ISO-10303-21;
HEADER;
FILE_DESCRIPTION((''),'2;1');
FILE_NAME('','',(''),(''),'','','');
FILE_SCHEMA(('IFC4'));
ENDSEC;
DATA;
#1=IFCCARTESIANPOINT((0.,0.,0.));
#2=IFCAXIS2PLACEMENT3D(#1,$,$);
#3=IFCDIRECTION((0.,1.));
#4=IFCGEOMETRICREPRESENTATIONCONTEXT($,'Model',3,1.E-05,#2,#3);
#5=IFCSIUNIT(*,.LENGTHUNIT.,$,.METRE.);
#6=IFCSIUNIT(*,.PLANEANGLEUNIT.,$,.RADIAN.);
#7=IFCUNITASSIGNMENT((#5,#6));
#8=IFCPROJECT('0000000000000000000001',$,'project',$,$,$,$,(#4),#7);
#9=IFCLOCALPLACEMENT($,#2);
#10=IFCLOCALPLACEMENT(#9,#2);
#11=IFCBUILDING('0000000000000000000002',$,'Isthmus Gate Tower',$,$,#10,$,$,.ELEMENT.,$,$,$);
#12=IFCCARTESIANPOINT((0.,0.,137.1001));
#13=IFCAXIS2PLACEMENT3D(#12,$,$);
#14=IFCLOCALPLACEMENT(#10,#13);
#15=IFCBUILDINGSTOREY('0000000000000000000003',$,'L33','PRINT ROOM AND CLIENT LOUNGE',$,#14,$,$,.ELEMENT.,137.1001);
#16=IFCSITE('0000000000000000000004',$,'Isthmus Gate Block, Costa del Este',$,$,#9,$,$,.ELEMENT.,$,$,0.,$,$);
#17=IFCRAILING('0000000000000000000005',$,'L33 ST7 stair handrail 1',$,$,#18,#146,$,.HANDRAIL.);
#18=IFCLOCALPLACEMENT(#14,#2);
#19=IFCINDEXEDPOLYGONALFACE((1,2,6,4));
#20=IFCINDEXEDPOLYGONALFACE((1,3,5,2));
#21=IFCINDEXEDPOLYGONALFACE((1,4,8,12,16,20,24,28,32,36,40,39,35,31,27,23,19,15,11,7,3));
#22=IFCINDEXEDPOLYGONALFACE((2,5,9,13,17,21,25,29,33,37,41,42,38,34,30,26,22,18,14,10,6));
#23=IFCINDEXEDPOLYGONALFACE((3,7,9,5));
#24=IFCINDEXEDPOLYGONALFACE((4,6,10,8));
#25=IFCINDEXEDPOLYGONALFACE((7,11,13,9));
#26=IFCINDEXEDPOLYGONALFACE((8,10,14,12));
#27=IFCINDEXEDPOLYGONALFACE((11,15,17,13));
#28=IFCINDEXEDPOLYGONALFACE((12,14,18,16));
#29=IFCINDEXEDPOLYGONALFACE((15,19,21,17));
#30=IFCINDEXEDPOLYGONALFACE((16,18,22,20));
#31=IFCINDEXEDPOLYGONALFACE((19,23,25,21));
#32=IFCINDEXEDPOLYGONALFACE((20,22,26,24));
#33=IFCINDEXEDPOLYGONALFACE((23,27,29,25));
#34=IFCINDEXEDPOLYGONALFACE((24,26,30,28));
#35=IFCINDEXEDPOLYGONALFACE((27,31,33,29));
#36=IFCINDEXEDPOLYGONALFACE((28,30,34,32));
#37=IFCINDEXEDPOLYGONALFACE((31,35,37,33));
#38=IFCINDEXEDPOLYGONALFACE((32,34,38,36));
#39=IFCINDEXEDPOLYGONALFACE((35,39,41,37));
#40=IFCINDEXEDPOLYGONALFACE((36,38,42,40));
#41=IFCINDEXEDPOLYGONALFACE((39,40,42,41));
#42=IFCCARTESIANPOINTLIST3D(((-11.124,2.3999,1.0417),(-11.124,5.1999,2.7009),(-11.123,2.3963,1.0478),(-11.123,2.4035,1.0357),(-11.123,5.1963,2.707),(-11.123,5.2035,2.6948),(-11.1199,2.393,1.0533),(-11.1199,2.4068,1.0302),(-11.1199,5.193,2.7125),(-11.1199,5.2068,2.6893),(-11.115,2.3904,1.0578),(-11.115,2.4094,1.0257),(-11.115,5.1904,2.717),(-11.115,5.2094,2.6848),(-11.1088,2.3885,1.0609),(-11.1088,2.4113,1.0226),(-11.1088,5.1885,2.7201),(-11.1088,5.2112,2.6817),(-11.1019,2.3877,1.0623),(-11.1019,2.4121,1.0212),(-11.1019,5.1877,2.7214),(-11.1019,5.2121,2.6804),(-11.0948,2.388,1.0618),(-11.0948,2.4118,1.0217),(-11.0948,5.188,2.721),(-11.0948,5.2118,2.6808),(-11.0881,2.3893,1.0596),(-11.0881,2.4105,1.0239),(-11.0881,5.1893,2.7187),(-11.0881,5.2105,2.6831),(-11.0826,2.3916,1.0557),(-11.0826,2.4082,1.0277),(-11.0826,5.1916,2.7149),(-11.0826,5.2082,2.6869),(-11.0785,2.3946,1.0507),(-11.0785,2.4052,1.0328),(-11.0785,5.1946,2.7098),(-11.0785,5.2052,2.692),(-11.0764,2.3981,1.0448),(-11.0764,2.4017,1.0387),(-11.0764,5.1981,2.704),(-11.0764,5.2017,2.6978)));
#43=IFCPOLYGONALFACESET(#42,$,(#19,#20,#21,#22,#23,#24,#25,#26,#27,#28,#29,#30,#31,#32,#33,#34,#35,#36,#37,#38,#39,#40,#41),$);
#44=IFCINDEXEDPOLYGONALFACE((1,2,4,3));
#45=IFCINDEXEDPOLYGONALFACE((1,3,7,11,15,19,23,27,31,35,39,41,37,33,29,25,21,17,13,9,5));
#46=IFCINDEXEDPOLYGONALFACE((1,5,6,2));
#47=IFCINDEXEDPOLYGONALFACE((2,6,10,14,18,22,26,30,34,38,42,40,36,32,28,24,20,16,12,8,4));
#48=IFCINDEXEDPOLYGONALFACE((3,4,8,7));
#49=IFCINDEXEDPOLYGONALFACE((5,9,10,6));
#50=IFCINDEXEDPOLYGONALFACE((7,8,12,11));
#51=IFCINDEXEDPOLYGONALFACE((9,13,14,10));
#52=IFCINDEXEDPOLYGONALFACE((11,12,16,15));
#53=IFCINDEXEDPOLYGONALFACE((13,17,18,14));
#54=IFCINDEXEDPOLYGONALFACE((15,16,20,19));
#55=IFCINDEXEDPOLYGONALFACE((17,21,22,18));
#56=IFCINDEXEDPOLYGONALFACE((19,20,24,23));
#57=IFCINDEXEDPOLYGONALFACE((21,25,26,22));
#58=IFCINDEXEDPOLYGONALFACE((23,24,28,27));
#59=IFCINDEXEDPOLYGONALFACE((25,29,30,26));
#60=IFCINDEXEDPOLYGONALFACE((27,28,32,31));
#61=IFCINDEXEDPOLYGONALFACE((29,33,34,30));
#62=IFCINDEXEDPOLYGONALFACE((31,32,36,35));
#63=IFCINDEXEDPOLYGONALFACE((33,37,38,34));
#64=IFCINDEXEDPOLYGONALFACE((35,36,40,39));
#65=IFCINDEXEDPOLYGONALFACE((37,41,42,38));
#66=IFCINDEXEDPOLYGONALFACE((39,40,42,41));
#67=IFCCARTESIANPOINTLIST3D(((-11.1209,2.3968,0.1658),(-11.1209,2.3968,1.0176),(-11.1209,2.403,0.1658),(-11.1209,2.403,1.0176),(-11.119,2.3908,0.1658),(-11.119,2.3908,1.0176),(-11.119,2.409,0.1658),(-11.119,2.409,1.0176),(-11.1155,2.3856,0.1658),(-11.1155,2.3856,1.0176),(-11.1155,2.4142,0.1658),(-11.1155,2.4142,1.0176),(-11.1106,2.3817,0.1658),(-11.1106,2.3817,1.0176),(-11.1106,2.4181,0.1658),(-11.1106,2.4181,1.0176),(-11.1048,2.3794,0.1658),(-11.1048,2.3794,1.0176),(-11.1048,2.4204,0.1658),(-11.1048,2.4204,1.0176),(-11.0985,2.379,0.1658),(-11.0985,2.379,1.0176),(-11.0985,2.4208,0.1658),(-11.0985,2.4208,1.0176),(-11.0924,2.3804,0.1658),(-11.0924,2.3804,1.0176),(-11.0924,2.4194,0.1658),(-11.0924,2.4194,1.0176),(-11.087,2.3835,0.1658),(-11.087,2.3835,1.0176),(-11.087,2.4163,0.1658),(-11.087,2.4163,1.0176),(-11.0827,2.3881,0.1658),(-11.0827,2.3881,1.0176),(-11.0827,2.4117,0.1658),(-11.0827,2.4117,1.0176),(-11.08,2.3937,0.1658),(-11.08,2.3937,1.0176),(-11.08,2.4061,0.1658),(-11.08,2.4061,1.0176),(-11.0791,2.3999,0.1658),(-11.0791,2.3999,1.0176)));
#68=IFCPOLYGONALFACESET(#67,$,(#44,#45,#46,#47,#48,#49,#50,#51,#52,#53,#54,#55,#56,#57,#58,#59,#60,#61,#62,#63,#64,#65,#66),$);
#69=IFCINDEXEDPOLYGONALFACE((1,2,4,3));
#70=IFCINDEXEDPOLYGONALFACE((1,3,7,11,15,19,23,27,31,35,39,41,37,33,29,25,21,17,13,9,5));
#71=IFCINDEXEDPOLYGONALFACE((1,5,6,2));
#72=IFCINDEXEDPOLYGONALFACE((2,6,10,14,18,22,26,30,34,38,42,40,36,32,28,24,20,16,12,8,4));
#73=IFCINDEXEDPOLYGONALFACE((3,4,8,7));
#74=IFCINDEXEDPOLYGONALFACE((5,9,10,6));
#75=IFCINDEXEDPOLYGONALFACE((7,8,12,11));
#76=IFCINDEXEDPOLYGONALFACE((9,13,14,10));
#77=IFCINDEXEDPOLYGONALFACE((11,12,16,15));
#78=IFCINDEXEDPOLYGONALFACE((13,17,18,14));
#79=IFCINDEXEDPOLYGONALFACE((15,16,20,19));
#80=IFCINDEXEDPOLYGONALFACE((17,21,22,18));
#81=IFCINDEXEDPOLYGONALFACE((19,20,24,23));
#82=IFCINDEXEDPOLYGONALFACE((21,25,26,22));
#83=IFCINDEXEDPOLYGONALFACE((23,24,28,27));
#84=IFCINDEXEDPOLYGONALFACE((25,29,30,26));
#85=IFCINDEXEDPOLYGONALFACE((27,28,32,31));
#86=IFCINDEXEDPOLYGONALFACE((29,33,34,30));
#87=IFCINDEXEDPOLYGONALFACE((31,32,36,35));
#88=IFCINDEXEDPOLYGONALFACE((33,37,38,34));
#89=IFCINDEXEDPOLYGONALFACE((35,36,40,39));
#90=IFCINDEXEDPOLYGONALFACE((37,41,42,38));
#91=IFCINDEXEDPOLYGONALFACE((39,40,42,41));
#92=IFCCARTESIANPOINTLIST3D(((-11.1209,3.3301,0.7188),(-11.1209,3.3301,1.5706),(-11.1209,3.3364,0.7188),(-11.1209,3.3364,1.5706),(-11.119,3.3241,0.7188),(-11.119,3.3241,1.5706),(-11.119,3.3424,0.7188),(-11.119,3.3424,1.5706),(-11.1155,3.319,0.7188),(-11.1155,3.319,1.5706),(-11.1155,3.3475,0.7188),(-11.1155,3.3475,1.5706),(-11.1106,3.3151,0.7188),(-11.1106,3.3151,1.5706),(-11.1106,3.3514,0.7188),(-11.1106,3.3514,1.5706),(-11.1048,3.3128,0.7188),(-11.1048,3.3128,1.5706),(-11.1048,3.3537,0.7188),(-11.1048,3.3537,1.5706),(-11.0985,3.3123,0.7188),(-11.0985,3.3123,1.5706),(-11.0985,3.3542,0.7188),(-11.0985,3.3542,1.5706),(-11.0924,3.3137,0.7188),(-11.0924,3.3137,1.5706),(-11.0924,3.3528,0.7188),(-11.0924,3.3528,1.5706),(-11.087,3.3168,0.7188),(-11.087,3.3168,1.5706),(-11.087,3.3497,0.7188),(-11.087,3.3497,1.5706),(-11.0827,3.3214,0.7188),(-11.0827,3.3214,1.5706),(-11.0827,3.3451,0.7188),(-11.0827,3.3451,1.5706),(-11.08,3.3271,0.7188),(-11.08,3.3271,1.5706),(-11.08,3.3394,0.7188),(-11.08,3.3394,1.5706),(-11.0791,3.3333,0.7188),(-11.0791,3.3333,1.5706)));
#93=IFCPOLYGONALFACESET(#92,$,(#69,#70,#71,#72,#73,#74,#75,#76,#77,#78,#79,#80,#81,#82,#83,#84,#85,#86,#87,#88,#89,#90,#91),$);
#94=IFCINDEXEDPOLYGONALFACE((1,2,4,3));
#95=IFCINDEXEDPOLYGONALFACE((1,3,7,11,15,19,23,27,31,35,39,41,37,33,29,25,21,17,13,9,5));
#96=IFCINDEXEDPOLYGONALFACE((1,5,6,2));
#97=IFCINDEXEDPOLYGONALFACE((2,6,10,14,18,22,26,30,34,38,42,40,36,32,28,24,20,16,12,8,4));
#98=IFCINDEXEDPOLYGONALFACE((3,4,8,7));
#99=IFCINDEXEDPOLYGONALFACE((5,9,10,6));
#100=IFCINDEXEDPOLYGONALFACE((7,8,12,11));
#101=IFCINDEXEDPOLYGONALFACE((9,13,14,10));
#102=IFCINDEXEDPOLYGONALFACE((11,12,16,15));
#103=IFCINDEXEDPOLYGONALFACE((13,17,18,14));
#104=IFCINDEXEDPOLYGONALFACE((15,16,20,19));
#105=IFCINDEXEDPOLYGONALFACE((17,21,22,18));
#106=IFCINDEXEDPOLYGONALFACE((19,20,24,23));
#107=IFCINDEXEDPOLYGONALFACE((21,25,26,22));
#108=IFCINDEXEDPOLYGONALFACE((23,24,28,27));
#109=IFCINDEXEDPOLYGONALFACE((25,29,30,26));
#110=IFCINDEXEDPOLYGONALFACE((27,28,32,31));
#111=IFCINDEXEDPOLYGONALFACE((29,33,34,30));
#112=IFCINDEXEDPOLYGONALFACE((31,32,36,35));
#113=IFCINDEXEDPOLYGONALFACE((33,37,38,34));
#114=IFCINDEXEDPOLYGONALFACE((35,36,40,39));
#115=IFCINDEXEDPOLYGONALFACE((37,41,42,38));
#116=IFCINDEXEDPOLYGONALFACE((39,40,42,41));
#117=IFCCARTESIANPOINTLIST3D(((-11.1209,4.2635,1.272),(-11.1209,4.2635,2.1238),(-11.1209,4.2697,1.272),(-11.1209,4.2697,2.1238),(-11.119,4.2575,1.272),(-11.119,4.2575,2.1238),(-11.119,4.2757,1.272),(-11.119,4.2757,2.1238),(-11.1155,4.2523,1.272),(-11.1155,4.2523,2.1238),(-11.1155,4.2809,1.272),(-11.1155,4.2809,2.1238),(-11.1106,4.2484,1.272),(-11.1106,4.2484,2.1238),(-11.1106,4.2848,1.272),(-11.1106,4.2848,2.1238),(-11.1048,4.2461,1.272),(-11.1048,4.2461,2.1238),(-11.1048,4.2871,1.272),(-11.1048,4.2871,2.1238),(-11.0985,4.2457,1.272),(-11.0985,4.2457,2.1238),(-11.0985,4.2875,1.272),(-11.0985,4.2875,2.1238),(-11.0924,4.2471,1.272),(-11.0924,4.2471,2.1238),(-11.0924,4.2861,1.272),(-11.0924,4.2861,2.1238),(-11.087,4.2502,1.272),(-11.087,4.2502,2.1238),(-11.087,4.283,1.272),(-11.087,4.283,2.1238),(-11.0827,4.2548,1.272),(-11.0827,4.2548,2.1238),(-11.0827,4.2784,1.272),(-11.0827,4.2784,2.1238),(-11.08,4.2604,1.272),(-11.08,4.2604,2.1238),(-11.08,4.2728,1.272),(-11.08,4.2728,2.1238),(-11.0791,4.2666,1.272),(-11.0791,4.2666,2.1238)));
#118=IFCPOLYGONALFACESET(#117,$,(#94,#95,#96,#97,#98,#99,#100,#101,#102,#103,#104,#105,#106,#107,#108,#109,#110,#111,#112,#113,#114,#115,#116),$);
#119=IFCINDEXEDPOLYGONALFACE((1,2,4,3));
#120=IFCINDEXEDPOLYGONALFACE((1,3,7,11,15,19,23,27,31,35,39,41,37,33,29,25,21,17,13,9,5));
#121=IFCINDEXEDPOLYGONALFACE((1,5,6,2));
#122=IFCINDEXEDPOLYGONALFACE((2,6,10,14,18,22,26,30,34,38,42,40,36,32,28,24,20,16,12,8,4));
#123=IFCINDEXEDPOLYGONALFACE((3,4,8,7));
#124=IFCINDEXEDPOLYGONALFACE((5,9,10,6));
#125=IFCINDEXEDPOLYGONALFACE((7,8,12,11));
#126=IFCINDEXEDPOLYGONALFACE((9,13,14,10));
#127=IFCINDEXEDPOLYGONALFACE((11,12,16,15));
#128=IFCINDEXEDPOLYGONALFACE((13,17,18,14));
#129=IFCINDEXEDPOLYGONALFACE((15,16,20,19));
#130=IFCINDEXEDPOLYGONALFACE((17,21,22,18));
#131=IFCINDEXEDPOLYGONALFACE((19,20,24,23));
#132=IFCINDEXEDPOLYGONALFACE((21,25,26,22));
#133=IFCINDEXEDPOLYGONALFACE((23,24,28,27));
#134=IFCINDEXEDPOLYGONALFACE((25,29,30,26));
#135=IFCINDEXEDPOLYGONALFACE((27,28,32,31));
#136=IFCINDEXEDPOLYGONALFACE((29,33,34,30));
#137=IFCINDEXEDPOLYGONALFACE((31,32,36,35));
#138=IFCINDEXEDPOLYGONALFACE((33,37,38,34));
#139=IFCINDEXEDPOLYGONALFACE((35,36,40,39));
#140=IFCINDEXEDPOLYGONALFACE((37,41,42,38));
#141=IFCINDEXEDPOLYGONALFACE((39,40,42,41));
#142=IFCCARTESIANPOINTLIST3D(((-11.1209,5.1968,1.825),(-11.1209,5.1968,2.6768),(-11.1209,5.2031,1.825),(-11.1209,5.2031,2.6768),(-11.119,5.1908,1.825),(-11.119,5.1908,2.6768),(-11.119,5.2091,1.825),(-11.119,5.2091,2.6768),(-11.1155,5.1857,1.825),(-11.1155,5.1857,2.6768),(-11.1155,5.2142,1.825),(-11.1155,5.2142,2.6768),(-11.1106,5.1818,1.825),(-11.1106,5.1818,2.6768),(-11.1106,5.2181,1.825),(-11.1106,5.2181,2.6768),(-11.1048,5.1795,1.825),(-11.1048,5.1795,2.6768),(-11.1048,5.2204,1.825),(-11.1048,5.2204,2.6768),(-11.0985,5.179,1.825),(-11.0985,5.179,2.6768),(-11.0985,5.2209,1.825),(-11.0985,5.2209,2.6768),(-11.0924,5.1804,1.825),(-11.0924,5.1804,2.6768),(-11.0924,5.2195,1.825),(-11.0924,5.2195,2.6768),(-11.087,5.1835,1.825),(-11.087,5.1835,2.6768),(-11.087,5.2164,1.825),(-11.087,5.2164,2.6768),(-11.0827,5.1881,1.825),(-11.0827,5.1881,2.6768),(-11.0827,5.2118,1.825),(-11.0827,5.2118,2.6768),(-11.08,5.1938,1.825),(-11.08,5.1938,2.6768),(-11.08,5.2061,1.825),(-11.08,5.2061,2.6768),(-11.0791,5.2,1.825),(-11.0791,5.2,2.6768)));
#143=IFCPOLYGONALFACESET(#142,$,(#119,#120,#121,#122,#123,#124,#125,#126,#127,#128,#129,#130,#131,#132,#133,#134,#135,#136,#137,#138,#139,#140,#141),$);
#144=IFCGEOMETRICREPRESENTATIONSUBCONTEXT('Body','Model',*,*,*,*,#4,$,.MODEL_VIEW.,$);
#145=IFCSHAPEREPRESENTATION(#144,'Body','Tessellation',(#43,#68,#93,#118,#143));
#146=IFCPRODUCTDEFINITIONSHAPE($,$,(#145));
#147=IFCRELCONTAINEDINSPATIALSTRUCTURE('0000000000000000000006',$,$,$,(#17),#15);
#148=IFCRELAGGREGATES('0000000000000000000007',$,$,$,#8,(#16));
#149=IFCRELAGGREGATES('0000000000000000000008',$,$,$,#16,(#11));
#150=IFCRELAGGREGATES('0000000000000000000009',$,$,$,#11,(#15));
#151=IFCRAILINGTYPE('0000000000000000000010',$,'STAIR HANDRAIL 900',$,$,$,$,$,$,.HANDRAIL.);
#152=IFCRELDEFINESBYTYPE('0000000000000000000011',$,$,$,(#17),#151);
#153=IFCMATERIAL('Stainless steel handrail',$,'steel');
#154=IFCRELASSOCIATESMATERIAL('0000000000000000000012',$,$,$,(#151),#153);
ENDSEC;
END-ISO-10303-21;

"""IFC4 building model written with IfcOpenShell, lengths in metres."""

from ifc_helpers import new_model, si_unit, direction, frame, origin, origin_2d, place, context, subcontext, project, spatial, circle, extrude, material, type_object, element, save


model = new_model("IFC4")

# Units and contexts
model_context = context("Model", 3, precision=1e-05, world=origin(), true_north=direction((0.0, 1.0)))
body_context = subcontext(model_context, "Body", "Model", "MODEL_VIEW")
ifc_project = project(units=[si_unit("LENGTHUNIT", "METRE"), si_unit("PLANEANGLEUNIT", "RADIAN")], contexts=[model_context])

# Site, building, storey
site_placement = place(None, origin())
site = spatial("IfcSite", under=ifc_project, at=site_placement, Name="Isthmus Gate Block, Costa del Este", CompositionType="ELEMENT", RefElevation=0.0)
building_placement = place(site_placement, origin())
building = spatial("IfcBuilding", under=site, at=building_placement, Name="Isthmus Gate Tower", CompositionType="ELEMENT")
storey_placement = place(building_placement, frame((0.0, 0.0, 137.1001)))
storey = spatial("IfcBuildingStorey", under=building, at=storey_placement, Name="L33", Description="PRINT ROOM AND CLIENT LOUNGE", CompositionType="ELEMENT", Elevation=137.1001)

# Railing
ifc_material_1 = material(Name="Stainless steel handrail", Category="steel")
railing_type_1 = type_object("IfcRailingType", Name="STAIR HANDRAIL 900", PredefinedType="HANDRAIL", material=ifc_material_1)
railing_1_placement = place(storey_placement, frame((-11.1001, 2.3999, 0.1658)))
element("IfcRailing", 1, at=railing_1_placement, inside=storey, type_object=railing_type_1, Name="L33 ST7 stair handrail 1", PredefinedType="HANDRAIL", context=body_context, shape_type="SweptSolid", body=[
    extrude(circle(Radius=0.0239, at=origin_2d()), frame((0.0, 0.0, 0.876), z_axis=(0.0, 0.860306, 0.509778), x_axis=(-1.0, 0.0, 0.0)), (0.0, 0.0, 1.0), 3.2546),
    extrude(circle(Radius=0.021, at=origin_2d()), origin(), (0.0, 0.0, 1.0), 0.8518),
    extrude(circle(Radius=0.021, at=origin_2d()), frame((0.0, 0.9333, 0.553)), (0.0, 0.0, 1.0), 0.8518),
    extrude(circle(Radius=0.021, at=origin_2d()), frame((0.0, 1.8667, 1.1062)), (0.0, 0.0, 1.0), 0.8518),
    extrude(circle(Radius=0.021, at=origin_2d()), frame((0.0, 2.8, 1.6592)), (0.0, 0.0, 1.0), 0.8518),
])

save(model, "model.ifc")
